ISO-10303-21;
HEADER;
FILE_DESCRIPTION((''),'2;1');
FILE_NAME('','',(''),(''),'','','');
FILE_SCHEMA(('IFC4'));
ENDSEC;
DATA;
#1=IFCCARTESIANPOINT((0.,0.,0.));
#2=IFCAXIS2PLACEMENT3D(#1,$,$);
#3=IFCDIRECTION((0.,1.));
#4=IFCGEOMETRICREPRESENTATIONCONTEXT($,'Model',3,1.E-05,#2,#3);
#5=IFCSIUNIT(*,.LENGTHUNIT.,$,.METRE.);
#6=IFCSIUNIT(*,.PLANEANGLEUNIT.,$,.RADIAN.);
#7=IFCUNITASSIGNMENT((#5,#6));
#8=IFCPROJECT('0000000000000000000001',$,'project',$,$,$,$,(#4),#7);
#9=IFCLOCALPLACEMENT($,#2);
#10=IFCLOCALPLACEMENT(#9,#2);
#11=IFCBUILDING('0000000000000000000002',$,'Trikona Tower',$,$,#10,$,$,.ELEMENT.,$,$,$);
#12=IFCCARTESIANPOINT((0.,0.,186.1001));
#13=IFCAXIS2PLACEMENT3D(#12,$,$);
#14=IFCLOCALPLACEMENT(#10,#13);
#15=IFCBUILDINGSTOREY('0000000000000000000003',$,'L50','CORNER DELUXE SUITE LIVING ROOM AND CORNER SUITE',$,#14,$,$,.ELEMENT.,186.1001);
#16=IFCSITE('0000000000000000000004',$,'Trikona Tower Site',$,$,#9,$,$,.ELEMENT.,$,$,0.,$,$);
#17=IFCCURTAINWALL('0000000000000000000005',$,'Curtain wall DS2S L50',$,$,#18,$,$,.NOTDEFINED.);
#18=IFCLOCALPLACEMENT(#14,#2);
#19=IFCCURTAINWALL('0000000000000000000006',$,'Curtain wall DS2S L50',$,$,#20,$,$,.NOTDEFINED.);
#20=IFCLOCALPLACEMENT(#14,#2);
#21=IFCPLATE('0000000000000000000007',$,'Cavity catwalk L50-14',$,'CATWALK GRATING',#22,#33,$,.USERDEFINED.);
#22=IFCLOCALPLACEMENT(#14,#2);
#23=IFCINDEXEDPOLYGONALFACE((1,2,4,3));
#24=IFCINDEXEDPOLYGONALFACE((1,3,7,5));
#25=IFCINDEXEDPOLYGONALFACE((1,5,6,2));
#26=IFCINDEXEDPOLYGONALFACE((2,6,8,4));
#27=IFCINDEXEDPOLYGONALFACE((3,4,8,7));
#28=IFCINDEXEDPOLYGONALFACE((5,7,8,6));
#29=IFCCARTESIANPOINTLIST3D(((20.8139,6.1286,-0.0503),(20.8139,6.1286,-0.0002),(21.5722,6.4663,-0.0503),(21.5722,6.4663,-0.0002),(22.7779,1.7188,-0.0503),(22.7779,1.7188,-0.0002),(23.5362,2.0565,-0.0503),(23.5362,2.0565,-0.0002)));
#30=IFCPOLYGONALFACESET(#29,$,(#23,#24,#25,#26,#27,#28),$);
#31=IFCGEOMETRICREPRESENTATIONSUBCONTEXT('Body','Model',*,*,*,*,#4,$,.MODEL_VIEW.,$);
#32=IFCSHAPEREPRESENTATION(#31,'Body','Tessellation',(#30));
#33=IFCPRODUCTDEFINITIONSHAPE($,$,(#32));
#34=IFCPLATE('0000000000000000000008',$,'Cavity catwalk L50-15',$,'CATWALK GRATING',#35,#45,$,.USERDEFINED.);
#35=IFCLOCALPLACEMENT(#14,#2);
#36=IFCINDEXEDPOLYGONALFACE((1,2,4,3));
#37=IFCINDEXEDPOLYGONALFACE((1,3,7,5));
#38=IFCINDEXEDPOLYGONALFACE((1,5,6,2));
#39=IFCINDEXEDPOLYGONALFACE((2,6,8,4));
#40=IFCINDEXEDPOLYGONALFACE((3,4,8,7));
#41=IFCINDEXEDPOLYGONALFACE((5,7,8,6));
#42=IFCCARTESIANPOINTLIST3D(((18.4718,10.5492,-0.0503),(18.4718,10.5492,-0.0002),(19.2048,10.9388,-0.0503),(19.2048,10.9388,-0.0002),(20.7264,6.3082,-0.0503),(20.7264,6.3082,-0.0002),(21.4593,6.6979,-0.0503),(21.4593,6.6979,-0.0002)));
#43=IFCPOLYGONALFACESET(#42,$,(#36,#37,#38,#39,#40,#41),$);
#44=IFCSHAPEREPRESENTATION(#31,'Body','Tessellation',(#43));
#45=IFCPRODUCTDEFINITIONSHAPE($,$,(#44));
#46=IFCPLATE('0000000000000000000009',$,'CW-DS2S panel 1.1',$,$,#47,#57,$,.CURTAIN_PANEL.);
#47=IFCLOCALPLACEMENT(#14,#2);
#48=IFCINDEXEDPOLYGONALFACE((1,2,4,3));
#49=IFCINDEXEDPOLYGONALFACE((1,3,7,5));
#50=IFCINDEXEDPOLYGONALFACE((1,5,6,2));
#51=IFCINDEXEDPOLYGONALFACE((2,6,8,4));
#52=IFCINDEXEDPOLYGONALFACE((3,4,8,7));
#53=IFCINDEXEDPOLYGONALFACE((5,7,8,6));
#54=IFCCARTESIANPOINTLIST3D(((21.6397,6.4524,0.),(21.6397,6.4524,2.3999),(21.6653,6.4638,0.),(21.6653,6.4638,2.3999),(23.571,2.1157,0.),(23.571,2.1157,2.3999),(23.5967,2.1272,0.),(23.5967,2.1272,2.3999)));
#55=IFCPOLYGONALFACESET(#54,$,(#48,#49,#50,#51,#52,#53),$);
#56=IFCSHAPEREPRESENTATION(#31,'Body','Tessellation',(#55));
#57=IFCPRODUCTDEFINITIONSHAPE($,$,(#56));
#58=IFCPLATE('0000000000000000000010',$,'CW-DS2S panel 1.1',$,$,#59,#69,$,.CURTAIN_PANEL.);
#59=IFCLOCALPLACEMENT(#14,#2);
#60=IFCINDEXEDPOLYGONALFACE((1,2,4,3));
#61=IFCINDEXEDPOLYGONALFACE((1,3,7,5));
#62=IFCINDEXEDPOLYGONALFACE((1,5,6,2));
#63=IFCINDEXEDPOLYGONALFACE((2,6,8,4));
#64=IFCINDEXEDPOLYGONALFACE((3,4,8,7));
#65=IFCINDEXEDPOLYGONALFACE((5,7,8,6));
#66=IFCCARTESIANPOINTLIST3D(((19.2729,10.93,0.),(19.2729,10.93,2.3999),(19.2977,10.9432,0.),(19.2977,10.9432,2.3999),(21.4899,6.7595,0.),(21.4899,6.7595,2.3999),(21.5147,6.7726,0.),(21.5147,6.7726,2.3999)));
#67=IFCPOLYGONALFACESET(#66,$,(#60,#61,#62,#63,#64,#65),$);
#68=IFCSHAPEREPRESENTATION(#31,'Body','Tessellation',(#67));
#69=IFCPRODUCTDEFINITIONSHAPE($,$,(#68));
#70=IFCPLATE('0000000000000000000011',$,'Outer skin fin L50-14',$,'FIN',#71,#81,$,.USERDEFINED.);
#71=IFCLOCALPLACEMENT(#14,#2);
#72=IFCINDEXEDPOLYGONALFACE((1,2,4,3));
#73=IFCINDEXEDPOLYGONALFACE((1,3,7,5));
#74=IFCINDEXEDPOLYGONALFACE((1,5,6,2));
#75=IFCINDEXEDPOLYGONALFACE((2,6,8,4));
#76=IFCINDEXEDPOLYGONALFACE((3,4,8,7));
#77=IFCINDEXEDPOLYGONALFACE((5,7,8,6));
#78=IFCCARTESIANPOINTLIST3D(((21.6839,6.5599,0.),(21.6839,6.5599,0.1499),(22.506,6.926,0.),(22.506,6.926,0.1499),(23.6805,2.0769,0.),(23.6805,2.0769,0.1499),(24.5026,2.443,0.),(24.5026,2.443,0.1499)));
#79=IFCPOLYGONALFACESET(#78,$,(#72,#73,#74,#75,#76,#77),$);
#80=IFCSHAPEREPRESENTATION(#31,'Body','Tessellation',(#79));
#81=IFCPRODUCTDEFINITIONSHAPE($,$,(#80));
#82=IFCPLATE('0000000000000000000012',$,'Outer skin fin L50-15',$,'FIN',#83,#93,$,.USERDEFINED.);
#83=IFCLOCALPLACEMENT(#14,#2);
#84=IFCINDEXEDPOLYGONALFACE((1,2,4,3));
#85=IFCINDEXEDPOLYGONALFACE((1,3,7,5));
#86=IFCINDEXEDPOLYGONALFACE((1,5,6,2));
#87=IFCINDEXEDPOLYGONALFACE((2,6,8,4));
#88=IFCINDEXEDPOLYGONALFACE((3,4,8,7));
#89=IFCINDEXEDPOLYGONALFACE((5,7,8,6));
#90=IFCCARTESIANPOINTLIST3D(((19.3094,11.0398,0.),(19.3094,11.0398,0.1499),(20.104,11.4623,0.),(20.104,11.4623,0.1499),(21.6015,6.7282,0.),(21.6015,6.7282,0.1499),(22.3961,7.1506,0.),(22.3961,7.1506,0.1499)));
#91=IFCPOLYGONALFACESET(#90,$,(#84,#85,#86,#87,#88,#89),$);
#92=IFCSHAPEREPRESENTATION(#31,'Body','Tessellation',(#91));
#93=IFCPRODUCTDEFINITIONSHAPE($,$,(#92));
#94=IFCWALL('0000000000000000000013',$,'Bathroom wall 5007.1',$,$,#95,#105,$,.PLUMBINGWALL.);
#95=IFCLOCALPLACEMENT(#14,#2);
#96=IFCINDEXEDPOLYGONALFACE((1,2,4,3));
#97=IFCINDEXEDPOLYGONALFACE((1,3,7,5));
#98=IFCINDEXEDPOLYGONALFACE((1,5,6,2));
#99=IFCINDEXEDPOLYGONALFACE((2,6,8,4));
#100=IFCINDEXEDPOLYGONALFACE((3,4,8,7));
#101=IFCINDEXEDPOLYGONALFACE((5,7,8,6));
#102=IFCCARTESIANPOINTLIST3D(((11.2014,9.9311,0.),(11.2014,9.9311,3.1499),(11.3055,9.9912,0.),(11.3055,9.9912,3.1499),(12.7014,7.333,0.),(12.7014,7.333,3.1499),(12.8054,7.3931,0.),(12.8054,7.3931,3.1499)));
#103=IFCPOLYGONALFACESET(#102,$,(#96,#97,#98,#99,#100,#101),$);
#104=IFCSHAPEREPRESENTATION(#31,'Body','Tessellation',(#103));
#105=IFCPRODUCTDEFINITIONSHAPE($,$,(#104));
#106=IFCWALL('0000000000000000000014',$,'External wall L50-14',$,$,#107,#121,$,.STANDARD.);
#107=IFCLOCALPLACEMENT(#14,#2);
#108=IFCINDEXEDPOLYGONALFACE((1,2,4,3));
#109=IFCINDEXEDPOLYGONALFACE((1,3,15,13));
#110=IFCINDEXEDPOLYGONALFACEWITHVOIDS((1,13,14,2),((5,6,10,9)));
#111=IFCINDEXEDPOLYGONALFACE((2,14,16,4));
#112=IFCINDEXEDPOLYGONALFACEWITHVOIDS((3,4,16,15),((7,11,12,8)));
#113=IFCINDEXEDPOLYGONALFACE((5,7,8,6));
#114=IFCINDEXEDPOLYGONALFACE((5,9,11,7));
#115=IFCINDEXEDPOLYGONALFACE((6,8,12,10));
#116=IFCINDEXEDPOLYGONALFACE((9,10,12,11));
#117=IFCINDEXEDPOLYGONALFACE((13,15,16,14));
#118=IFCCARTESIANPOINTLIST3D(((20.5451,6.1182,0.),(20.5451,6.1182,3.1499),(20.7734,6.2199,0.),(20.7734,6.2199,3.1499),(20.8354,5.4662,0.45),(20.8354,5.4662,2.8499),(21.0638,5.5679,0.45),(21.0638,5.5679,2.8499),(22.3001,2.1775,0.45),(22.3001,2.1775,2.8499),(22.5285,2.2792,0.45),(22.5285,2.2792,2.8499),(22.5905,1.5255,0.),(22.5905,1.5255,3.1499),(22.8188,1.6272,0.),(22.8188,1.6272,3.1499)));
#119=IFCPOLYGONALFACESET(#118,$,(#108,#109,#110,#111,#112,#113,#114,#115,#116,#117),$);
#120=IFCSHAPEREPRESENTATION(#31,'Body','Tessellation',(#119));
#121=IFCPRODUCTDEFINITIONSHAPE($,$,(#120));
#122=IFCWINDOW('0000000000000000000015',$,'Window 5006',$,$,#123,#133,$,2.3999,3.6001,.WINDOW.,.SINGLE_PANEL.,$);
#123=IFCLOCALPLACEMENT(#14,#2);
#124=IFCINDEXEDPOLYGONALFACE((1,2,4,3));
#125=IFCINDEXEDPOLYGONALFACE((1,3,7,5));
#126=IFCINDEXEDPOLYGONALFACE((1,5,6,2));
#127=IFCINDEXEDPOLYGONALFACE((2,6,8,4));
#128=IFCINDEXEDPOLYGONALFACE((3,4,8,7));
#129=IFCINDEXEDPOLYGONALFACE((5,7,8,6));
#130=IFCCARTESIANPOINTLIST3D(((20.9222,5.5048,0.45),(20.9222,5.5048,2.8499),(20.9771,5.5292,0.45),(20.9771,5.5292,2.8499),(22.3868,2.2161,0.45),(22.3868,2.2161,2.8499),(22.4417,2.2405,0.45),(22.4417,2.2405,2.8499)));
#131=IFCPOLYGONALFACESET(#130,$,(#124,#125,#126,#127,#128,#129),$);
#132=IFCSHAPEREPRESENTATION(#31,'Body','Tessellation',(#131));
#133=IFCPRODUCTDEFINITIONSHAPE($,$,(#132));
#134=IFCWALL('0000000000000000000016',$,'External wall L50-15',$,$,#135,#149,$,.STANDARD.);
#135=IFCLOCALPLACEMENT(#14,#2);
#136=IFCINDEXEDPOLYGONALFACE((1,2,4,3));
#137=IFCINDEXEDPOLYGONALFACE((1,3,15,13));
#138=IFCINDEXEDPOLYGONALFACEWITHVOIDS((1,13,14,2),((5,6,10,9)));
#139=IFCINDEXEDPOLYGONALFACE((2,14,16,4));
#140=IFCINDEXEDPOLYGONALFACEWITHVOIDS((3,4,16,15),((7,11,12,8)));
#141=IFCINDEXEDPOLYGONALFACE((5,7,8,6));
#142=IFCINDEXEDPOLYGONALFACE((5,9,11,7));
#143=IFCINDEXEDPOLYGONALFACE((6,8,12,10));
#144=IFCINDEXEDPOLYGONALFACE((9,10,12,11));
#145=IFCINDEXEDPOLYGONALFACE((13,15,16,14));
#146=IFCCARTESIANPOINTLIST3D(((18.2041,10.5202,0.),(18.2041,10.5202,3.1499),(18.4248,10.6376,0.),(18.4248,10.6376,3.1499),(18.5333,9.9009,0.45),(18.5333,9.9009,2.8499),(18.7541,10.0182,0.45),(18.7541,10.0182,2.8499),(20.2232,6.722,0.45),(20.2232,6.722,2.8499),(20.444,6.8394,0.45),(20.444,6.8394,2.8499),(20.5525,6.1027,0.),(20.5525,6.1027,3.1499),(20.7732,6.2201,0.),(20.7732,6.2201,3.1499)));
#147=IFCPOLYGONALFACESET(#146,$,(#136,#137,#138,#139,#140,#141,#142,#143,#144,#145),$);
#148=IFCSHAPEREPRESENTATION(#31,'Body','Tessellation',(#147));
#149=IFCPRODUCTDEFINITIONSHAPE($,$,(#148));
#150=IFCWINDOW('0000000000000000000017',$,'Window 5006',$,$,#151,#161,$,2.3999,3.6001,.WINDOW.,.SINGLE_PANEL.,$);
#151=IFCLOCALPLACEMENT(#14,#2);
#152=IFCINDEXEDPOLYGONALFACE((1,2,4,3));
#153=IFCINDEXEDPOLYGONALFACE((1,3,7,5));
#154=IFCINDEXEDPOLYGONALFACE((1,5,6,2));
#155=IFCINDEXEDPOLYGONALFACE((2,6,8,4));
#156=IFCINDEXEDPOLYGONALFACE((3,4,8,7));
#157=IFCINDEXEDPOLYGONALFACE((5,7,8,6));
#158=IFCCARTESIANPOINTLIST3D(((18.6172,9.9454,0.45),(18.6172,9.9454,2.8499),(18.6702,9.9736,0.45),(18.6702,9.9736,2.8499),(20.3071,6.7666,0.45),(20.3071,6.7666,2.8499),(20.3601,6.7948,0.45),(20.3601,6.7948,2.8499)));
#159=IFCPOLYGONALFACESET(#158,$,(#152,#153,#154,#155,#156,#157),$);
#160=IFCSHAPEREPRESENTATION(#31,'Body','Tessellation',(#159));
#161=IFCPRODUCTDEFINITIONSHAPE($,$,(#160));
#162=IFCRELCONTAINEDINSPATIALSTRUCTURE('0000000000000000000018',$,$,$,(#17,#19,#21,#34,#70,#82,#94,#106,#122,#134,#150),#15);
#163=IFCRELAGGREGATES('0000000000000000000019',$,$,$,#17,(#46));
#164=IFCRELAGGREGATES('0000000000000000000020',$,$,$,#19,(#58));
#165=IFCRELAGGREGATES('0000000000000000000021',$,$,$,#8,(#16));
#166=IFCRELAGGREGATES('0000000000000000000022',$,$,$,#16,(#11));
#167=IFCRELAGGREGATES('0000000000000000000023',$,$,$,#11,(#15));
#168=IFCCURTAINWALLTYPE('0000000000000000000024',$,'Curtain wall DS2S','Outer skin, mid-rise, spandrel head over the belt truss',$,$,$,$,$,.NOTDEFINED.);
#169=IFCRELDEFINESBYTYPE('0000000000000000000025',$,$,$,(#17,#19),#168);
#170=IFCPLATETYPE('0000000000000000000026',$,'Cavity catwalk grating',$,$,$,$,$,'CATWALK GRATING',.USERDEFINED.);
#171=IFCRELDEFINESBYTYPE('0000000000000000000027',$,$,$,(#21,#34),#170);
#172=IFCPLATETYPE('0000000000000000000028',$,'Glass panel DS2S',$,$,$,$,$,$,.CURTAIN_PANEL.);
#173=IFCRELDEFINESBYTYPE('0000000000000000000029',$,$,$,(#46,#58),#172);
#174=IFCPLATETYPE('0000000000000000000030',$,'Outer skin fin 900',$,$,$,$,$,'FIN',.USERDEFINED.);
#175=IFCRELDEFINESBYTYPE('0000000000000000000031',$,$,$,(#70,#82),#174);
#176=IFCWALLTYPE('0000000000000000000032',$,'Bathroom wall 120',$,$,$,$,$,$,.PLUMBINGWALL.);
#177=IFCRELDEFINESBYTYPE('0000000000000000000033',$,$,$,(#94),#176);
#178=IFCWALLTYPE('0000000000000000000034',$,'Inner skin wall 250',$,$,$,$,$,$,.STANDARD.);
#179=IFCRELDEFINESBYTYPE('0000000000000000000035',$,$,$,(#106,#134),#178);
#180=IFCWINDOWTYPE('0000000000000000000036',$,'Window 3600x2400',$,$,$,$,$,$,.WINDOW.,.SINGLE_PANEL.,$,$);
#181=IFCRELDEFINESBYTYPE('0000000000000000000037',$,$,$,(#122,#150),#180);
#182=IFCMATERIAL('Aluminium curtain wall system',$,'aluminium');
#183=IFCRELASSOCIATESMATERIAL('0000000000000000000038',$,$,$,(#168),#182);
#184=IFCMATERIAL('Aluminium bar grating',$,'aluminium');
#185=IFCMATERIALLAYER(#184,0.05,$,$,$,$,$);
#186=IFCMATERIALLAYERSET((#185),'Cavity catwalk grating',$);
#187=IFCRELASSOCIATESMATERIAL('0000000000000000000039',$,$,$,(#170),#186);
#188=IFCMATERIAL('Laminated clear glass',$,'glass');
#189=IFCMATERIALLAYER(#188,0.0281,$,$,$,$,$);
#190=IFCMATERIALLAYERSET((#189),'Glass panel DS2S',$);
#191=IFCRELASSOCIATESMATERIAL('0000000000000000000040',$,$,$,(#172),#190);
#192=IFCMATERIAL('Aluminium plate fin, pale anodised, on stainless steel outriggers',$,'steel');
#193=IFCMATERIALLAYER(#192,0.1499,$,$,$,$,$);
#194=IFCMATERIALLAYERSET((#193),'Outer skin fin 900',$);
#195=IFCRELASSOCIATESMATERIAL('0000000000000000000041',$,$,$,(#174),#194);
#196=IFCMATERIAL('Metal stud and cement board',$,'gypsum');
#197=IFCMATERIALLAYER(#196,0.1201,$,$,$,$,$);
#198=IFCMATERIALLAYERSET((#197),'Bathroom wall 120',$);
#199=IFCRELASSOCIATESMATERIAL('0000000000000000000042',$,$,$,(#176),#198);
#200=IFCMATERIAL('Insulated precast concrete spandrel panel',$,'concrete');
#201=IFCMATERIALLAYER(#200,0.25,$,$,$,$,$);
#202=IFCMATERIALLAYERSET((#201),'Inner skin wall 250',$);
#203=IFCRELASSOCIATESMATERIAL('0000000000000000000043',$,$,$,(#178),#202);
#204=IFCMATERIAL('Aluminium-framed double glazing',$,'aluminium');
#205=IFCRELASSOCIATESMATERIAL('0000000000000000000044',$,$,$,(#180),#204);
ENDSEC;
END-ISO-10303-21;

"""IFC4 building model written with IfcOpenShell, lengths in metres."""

from ifc_helpers import new_model, si_unit, direction, frame, frame_2d, origin, origin_2d, place, context, subcontext, project, spatial, rectangle, extrude, material, layer, layer_set, type_object, element, fill, aggregate, save


model = new_model("IFC4")

# Units and contexts
model_context = context("Model", 3, precision=1e-05, world=origin(), true_north=direction((0.0, 1.0)))
body_context = subcontext(model_context, "Body", "Model", "MODEL_VIEW")
ifc_project = project(units=[si_unit("LENGTHUNIT", "METRE"), si_unit("PLANEANGLEUNIT", "RADIAN")], contexts=[model_context])

# Site, building, storey
site_placement = place(None, origin())
site = spatial("IfcSite", under=ifc_project, at=site_placement, Name="Trikona Tower Site", CompositionType="ELEMENT", RefElevation=0.0)
building_placement = place(site_placement, origin())
building = spatial("IfcBuilding", under=site, at=building_placement, Name="Trikona Tower", CompositionType="ELEMENT")
storey_placement = place(building_placement, frame((0.0, 0.0, 186.1001)))
storey = spatial("IfcBuildingStorey", under=building, at=storey_placement, Name="L50", Description="CORNER DELUXE SUITE LIVING ROOM AND CORNER SUITE", CompositionType="ELEMENT", Elevation=186.1001)

# Shared definitions
ifc_material_1 = material(Name="Aluminium curtain wall system", Category="aluminium")
curtain_wall_type = type_object("IfcCurtainWallType", Name="Curtain wall DS2S", Description="Outer skin, mid-rise, spandrel head over the belt truss", PredefinedType="NOTDEFINED", material=ifc_material_1)

# Curtain walls
curtain_wall_1_placement = place(storey_placement, origin())
curtain_wall_1 = element("IfcCurtainWall", 1, at=curtain_wall_1_placement, inside=storey, type_object=curtain_wall_type, Name="Curtain wall DS2S L50", PredefinedType="NOTDEFINED")
curtain_wall_2_placement = place(storey_placement, origin())
curtain_wall_2 = element("IfcCurtainWall", 2, at=curtain_wall_2_placement, inside=storey, type_object=curtain_wall_type, Name="Curtain wall DS2S L50", PredefinedType="NOTDEFINED")

# Plates
ifc_material_2 = material(Name="Aluminium bar grating", Category="aluminium")
ifc_layer_1 = layer(ifc_material_2, 0.05)
ifc_layer_set_1 = layer_set([ifc_layer_1], Name="Cavity catwalk grating")
plate_type_1 = type_object("IfcPlateType", Name="Cavity catwalk grating", ElementType="CATWALK GRATING", PredefinedType="USERDEFINED", material=ifc_layer_set_1)
plate_1_placement = place(storey_placement, frame((22.175, 4.0925, -0.0503), z_axis=(0.0, 0.0, 1.0), x_axis=(-0.406843, 0.913498, 0.0)))
element("IfcPlate", 3, at=plate_1_placement, inside=storey, type_object=plate_type_1, Name="Cavity catwalk L50-14", ObjectType="CATWALK GRATING", PredefinedType="USERDEFINED", context=body_context, shape_type="SweptSolid", body=[
    extrude(rectangle(XDim=4.8274, YDim=0.8301, at=origin_2d()), origin(), (0.0, 0.0, 1.0), 0.05),
])
plate_2_placement = place(storey_placement, frame((19.9656, 8.6235, -0.0503), z_axis=(0.0, 0.0, 1.0), x_axis=(-0.469398, 0.882987, 0.0)))
element("IfcPlate", 4, at=plate_2_placement, inside=storey, type_object=plate_type_1, Name="Cavity catwalk L50-15", ObjectType="CATWALK GRATING", PredefinedType="USERDEFINED", context=body_context, shape_type="SweptSolid", body=[
    extrude(rectangle(XDim=4.803, YDim=0.8301, at=origin_2d()), origin(), (0.0, 0.0, 1.0), 0.05),
])

# Plates
ifc_material_3 = material(Name="Laminated clear glass", Category="glass")
ifc_layer_2 = layer(ifc_material_3, 0.0281)
ifc_layer_set_2 = layer_set([ifc_layer_2], Name="Glass panel DS2S")
plate_type_2 = type_object("IfcPlateType", Name="Glass panel DS2S", PredefinedType="CURTAIN_PANEL", material=ifc_layer_set_2)
plate_3_placement = place(storey_placement, frame((22.6182, 4.2898, 0.0), z_axis=(0.0, 0.0, 1.0), x_axis=(-0.406836, 0.913501, 0.0)))
plate_3 = element("IfcPlate", 5, at=plate_3_placement, type_object=plate_type_2, Name="CW-DS2S panel 1.1", PredefinedType="CURTAIN_PANEL", context=body_context, shape_type="SweptSolid", body=[
    extrude(rectangle(XDim=4.7473, YDim=0.0281, at=origin_2d()), origin(), (0.0, 0.0, 1.0), 2.3999),
])
aggregate(curtain_wall_1, [plate_3])
plate_4_placement = place(storey_placement, frame((20.3938, 8.8513, 0.0), z_axis=(0.0, 0.0, 1.0), x_axis=(-0.46938, 0.882996, 0.0)))
plate_4 = element("IfcPlate", 6, at=plate_4_placement, type_object=plate_type_2, Name="CW-DS2S panel 1.1", PredefinedType="CURTAIN_PANEL", context=body_context, shape_type="SweptSolid", body=[
    extrude(rectangle(XDim=4.7231, YDim=0.0281, at=origin_2d()), origin(), (0.0, 0.0, 1.0), 2.3999),
])
aggregate(curtain_wall_2, [plate_4])

# Plates
ifc_material_4 = material(Name="Aluminium plate fin, pale anodised, on stainless steel outriggers", Category="steel")
ifc_layer_3 = layer(ifc_material_4, 0.1499)
ifc_layer_set_3 = layer_set([ifc_layer_3], Name="Outer skin fin 900")
plate_type_3 = type_object("IfcPlateType", Name="Outer skin fin 900", ElementType="FIN", PredefinedType="USERDEFINED", material=ifc_layer_set_3)
plate_5_placement = place(storey_placement, frame((23.0933, 4.5015, 0.0), z_axis=(0.0, 0.0, 1.0), x_axis=(-0.406843, 0.913498, 0.0)))
element("IfcPlate", 7, at=plate_5_placement, inside=storey, type_object=plate_type_3, Name="Outer skin fin L50-14", ObjectType="FIN", PredefinedType="USERDEFINED", context=body_context, shape_type="SweptSolid", body=[
    extrude(rectangle(XDim=4.9075, YDim=0.8999, at=origin_2d()), origin(), (0.0, 0.0, 1.0), 0.1499),
])
plate_6_placement = place(storey_placement, frame((20.8528, 9.0952, 0.0), z_axis=(0.0, 0.0, 1.0), x_axis=(-0.469398, 0.882987, 0.0)))
element("IfcPlate", 8, at=plate_6_placement, inside=storey, type_object=plate_type_3, Name="Outer skin fin L50-15", ObjectType="FIN", PredefinedType="USERDEFINED", context=body_context, shape_type="SweptSolid", body=[
    extrude(rectangle(XDim=4.8831, YDim=0.8999, at=origin_2d()), origin(), (0.0, 0.0, 1.0), 0.1499),
])

# Wall
ifc_material_5 = material(Name="Metal stud and cement board", Category="gypsum")
ifc_layer_4 = layer(ifc_material_5, 0.1201)
ifc_layer_set_4 = layer_set([ifc_layer_4], Name="Bathroom wall 120")
wall_type_1 = type_object("IfcWallType", Name="Bathroom wall 120", PredefinedType="PLUMBINGWALL", material=ifc_layer_set_4)
wall_1_placement = place(storey_placement, frame((12.7534, 7.363, 0.0), z_axis=(0.0, 0.0, 1.0), x_axis=(-0.49999, 0.866031, 0.0)))
element("IfcWall", 9, at=wall_1_placement, inside=storey, type_object=wall_type_1, Name="Bathroom wall 5007.1", PredefinedType="PLUMBINGWALL", context=body_context, shape_type="SweptSolid", body=[
    extrude(rectangle(XDim=3.0, YDim=0.1201, at=frame_2d((1.5, 0.0))), origin(), (0.0, 0.0, 1.0), 3.1499),
])

# Walls, openings, windows
ifc_material_6 = material(Name="Insulated precast concrete spandrel panel", Category="concrete")
ifc_layer_5 = layer(ifc_material_6, 0.25)
ifc_layer_set_5 = layer_set([ifc_layer_5], Name="Inner skin wall 250")
wall_type_2 = type_object("IfcWallType", Name="Inner skin wall 250", PredefinedType="STANDARD", material=ifc_layer_set_5)
wall_2_placement = place(storey_placement, frame((22.7046, 1.5764, 0.0), z_axis=(0.0, 0.0, 1.0), x_axis=(-0.406832, 0.913503, 0.0)))
wall_2 = element("IfcWall", 10, at=wall_2_placement, inside=storey, type_object=wall_type_2, Name="External wall L50-14", PredefinedType="STANDARD", context=body_context, shape_type="SweptSolid", body=[
    extrude(rectangle(XDim=5.0276, YDim=0.25, at=frame_2d((2.5137, 0.0))), origin(), (0.0, 0.0, 1.0), 3.1499),
])
opening_1_placement = place(wall_2_placement, frame((0.7136, 0.0, 0.45)))
opening_1 = element("IfcOpeningElement", 11, at=opening_1_placement, cuts=wall_2, PredefinedType="OPENING", context=body_context, shape_type="SweptSolid", body=[
    extrude(rectangle(XDim=3.6001, YDim=2.3999, at=frame_2d((1.8, 1.2))), frame((0.0, 0.135, 0.0), z_axis=(0.0, -1.0, 0.0), x_axis=(1.0, 0.0, 0.0)), (0.0, 0.0, 1.0), 0.27),
])
ifc_material_7 = material(Name="Aluminium-framed double glazing", Category="aluminium")
window_type = type_object("IfcWindowType", Name="Window 3600x2400", PartitioningType="SINGLE_PANEL", PredefinedType="WINDOW", material=ifc_material_7)
window_1_placement = place(opening_1_placement, origin())
window_1 = element("IfcWindow", 12, at=window_1_placement, inside=storey, type_object=window_type, Name="Window 5006", OverallHeight=2.3999, OverallWidth=3.6001, PartitioningType="SINGLE_PANEL", PredefinedType="WINDOW", context=body_context, shape_type="SweptSolid", body=[
    extrude(rectangle(XDim=3.6001, YDim=2.3999, at=frame_2d((1.8, 1.2))), frame((0.0, 0.03, 0.0), z_axis=(0.0, -1.0, 0.0), x_axis=(1.0, 0.0, 0.0)), (0.0, 0.0, 1.0), 0.0601),
])
fill(opening_1, window_1)
wall_3_placement = place(storey_placement, frame((20.6628, 6.1614, 0.0), z_axis=(0.0, 0.0, 1.0), x_axis=(-0.469405, 0.882983, 0.0)))
wall_3 = element("IfcWall", 13, at=wall_3_placement, inside=storey, type_object=wall_type_2, Name="External wall L50-15", PredefinedType="STANDARD", context=body_context, shape_type="SweptSolid", body=[
    extrude(rectangle(XDim=5.0029, YDim=0.25, at=frame_2d((2.5015, 0.0))), origin(), (0.0, 0.0, 1.0), 3.1499),
])
opening_2_placement = place(wall_3_placement, frame((0.7014, 0.0, 0.45)))
opening_2 = element("IfcOpeningElement", 14, at=opening_2_placement, cuts=wall_3, PredefinedType="OPENING", context=body_context, shape_type="SweptSolid", body=[
    extrude(rectangle(XDim=3.6001, YDim=2.3999, at=frame_2d((1.8, 1.2))), frame((0.0, 0.135, 0.0), z_axis=(0.0, -1.0, 0.0), x_axis=(1.0, 0.0, 0.0)), (0.0, 0.0, 1.0), 0.27),
])
window_2_placement = place(opening_2_placement, origin())
window_2 = element("IfcWindow", 15, at=window_2_placement, inside=storey, type_object=window_type, Name="Window 5006", OverallHeight=2.3999, OverallWidth=3.6001, PartitioningType="SINGLE_PANEL", PredefinedType="WINDOW", context=body_context, shape_type="SweptSolid", body=[
    extrude(rectangle(XDim=3.6001, YDim=2.3999, at=frame_2d((1.8, 1.2))), frame((0.0, 0.03, 0.0), z_axis=(0.0, -1.0, 0.0), x_axis=(1.0, 0.0, 0.0)), (0.0, 0.0, 1.0), 0.0601),
])
fill(opening_2, window_2)

save(model, "model.ifc")
